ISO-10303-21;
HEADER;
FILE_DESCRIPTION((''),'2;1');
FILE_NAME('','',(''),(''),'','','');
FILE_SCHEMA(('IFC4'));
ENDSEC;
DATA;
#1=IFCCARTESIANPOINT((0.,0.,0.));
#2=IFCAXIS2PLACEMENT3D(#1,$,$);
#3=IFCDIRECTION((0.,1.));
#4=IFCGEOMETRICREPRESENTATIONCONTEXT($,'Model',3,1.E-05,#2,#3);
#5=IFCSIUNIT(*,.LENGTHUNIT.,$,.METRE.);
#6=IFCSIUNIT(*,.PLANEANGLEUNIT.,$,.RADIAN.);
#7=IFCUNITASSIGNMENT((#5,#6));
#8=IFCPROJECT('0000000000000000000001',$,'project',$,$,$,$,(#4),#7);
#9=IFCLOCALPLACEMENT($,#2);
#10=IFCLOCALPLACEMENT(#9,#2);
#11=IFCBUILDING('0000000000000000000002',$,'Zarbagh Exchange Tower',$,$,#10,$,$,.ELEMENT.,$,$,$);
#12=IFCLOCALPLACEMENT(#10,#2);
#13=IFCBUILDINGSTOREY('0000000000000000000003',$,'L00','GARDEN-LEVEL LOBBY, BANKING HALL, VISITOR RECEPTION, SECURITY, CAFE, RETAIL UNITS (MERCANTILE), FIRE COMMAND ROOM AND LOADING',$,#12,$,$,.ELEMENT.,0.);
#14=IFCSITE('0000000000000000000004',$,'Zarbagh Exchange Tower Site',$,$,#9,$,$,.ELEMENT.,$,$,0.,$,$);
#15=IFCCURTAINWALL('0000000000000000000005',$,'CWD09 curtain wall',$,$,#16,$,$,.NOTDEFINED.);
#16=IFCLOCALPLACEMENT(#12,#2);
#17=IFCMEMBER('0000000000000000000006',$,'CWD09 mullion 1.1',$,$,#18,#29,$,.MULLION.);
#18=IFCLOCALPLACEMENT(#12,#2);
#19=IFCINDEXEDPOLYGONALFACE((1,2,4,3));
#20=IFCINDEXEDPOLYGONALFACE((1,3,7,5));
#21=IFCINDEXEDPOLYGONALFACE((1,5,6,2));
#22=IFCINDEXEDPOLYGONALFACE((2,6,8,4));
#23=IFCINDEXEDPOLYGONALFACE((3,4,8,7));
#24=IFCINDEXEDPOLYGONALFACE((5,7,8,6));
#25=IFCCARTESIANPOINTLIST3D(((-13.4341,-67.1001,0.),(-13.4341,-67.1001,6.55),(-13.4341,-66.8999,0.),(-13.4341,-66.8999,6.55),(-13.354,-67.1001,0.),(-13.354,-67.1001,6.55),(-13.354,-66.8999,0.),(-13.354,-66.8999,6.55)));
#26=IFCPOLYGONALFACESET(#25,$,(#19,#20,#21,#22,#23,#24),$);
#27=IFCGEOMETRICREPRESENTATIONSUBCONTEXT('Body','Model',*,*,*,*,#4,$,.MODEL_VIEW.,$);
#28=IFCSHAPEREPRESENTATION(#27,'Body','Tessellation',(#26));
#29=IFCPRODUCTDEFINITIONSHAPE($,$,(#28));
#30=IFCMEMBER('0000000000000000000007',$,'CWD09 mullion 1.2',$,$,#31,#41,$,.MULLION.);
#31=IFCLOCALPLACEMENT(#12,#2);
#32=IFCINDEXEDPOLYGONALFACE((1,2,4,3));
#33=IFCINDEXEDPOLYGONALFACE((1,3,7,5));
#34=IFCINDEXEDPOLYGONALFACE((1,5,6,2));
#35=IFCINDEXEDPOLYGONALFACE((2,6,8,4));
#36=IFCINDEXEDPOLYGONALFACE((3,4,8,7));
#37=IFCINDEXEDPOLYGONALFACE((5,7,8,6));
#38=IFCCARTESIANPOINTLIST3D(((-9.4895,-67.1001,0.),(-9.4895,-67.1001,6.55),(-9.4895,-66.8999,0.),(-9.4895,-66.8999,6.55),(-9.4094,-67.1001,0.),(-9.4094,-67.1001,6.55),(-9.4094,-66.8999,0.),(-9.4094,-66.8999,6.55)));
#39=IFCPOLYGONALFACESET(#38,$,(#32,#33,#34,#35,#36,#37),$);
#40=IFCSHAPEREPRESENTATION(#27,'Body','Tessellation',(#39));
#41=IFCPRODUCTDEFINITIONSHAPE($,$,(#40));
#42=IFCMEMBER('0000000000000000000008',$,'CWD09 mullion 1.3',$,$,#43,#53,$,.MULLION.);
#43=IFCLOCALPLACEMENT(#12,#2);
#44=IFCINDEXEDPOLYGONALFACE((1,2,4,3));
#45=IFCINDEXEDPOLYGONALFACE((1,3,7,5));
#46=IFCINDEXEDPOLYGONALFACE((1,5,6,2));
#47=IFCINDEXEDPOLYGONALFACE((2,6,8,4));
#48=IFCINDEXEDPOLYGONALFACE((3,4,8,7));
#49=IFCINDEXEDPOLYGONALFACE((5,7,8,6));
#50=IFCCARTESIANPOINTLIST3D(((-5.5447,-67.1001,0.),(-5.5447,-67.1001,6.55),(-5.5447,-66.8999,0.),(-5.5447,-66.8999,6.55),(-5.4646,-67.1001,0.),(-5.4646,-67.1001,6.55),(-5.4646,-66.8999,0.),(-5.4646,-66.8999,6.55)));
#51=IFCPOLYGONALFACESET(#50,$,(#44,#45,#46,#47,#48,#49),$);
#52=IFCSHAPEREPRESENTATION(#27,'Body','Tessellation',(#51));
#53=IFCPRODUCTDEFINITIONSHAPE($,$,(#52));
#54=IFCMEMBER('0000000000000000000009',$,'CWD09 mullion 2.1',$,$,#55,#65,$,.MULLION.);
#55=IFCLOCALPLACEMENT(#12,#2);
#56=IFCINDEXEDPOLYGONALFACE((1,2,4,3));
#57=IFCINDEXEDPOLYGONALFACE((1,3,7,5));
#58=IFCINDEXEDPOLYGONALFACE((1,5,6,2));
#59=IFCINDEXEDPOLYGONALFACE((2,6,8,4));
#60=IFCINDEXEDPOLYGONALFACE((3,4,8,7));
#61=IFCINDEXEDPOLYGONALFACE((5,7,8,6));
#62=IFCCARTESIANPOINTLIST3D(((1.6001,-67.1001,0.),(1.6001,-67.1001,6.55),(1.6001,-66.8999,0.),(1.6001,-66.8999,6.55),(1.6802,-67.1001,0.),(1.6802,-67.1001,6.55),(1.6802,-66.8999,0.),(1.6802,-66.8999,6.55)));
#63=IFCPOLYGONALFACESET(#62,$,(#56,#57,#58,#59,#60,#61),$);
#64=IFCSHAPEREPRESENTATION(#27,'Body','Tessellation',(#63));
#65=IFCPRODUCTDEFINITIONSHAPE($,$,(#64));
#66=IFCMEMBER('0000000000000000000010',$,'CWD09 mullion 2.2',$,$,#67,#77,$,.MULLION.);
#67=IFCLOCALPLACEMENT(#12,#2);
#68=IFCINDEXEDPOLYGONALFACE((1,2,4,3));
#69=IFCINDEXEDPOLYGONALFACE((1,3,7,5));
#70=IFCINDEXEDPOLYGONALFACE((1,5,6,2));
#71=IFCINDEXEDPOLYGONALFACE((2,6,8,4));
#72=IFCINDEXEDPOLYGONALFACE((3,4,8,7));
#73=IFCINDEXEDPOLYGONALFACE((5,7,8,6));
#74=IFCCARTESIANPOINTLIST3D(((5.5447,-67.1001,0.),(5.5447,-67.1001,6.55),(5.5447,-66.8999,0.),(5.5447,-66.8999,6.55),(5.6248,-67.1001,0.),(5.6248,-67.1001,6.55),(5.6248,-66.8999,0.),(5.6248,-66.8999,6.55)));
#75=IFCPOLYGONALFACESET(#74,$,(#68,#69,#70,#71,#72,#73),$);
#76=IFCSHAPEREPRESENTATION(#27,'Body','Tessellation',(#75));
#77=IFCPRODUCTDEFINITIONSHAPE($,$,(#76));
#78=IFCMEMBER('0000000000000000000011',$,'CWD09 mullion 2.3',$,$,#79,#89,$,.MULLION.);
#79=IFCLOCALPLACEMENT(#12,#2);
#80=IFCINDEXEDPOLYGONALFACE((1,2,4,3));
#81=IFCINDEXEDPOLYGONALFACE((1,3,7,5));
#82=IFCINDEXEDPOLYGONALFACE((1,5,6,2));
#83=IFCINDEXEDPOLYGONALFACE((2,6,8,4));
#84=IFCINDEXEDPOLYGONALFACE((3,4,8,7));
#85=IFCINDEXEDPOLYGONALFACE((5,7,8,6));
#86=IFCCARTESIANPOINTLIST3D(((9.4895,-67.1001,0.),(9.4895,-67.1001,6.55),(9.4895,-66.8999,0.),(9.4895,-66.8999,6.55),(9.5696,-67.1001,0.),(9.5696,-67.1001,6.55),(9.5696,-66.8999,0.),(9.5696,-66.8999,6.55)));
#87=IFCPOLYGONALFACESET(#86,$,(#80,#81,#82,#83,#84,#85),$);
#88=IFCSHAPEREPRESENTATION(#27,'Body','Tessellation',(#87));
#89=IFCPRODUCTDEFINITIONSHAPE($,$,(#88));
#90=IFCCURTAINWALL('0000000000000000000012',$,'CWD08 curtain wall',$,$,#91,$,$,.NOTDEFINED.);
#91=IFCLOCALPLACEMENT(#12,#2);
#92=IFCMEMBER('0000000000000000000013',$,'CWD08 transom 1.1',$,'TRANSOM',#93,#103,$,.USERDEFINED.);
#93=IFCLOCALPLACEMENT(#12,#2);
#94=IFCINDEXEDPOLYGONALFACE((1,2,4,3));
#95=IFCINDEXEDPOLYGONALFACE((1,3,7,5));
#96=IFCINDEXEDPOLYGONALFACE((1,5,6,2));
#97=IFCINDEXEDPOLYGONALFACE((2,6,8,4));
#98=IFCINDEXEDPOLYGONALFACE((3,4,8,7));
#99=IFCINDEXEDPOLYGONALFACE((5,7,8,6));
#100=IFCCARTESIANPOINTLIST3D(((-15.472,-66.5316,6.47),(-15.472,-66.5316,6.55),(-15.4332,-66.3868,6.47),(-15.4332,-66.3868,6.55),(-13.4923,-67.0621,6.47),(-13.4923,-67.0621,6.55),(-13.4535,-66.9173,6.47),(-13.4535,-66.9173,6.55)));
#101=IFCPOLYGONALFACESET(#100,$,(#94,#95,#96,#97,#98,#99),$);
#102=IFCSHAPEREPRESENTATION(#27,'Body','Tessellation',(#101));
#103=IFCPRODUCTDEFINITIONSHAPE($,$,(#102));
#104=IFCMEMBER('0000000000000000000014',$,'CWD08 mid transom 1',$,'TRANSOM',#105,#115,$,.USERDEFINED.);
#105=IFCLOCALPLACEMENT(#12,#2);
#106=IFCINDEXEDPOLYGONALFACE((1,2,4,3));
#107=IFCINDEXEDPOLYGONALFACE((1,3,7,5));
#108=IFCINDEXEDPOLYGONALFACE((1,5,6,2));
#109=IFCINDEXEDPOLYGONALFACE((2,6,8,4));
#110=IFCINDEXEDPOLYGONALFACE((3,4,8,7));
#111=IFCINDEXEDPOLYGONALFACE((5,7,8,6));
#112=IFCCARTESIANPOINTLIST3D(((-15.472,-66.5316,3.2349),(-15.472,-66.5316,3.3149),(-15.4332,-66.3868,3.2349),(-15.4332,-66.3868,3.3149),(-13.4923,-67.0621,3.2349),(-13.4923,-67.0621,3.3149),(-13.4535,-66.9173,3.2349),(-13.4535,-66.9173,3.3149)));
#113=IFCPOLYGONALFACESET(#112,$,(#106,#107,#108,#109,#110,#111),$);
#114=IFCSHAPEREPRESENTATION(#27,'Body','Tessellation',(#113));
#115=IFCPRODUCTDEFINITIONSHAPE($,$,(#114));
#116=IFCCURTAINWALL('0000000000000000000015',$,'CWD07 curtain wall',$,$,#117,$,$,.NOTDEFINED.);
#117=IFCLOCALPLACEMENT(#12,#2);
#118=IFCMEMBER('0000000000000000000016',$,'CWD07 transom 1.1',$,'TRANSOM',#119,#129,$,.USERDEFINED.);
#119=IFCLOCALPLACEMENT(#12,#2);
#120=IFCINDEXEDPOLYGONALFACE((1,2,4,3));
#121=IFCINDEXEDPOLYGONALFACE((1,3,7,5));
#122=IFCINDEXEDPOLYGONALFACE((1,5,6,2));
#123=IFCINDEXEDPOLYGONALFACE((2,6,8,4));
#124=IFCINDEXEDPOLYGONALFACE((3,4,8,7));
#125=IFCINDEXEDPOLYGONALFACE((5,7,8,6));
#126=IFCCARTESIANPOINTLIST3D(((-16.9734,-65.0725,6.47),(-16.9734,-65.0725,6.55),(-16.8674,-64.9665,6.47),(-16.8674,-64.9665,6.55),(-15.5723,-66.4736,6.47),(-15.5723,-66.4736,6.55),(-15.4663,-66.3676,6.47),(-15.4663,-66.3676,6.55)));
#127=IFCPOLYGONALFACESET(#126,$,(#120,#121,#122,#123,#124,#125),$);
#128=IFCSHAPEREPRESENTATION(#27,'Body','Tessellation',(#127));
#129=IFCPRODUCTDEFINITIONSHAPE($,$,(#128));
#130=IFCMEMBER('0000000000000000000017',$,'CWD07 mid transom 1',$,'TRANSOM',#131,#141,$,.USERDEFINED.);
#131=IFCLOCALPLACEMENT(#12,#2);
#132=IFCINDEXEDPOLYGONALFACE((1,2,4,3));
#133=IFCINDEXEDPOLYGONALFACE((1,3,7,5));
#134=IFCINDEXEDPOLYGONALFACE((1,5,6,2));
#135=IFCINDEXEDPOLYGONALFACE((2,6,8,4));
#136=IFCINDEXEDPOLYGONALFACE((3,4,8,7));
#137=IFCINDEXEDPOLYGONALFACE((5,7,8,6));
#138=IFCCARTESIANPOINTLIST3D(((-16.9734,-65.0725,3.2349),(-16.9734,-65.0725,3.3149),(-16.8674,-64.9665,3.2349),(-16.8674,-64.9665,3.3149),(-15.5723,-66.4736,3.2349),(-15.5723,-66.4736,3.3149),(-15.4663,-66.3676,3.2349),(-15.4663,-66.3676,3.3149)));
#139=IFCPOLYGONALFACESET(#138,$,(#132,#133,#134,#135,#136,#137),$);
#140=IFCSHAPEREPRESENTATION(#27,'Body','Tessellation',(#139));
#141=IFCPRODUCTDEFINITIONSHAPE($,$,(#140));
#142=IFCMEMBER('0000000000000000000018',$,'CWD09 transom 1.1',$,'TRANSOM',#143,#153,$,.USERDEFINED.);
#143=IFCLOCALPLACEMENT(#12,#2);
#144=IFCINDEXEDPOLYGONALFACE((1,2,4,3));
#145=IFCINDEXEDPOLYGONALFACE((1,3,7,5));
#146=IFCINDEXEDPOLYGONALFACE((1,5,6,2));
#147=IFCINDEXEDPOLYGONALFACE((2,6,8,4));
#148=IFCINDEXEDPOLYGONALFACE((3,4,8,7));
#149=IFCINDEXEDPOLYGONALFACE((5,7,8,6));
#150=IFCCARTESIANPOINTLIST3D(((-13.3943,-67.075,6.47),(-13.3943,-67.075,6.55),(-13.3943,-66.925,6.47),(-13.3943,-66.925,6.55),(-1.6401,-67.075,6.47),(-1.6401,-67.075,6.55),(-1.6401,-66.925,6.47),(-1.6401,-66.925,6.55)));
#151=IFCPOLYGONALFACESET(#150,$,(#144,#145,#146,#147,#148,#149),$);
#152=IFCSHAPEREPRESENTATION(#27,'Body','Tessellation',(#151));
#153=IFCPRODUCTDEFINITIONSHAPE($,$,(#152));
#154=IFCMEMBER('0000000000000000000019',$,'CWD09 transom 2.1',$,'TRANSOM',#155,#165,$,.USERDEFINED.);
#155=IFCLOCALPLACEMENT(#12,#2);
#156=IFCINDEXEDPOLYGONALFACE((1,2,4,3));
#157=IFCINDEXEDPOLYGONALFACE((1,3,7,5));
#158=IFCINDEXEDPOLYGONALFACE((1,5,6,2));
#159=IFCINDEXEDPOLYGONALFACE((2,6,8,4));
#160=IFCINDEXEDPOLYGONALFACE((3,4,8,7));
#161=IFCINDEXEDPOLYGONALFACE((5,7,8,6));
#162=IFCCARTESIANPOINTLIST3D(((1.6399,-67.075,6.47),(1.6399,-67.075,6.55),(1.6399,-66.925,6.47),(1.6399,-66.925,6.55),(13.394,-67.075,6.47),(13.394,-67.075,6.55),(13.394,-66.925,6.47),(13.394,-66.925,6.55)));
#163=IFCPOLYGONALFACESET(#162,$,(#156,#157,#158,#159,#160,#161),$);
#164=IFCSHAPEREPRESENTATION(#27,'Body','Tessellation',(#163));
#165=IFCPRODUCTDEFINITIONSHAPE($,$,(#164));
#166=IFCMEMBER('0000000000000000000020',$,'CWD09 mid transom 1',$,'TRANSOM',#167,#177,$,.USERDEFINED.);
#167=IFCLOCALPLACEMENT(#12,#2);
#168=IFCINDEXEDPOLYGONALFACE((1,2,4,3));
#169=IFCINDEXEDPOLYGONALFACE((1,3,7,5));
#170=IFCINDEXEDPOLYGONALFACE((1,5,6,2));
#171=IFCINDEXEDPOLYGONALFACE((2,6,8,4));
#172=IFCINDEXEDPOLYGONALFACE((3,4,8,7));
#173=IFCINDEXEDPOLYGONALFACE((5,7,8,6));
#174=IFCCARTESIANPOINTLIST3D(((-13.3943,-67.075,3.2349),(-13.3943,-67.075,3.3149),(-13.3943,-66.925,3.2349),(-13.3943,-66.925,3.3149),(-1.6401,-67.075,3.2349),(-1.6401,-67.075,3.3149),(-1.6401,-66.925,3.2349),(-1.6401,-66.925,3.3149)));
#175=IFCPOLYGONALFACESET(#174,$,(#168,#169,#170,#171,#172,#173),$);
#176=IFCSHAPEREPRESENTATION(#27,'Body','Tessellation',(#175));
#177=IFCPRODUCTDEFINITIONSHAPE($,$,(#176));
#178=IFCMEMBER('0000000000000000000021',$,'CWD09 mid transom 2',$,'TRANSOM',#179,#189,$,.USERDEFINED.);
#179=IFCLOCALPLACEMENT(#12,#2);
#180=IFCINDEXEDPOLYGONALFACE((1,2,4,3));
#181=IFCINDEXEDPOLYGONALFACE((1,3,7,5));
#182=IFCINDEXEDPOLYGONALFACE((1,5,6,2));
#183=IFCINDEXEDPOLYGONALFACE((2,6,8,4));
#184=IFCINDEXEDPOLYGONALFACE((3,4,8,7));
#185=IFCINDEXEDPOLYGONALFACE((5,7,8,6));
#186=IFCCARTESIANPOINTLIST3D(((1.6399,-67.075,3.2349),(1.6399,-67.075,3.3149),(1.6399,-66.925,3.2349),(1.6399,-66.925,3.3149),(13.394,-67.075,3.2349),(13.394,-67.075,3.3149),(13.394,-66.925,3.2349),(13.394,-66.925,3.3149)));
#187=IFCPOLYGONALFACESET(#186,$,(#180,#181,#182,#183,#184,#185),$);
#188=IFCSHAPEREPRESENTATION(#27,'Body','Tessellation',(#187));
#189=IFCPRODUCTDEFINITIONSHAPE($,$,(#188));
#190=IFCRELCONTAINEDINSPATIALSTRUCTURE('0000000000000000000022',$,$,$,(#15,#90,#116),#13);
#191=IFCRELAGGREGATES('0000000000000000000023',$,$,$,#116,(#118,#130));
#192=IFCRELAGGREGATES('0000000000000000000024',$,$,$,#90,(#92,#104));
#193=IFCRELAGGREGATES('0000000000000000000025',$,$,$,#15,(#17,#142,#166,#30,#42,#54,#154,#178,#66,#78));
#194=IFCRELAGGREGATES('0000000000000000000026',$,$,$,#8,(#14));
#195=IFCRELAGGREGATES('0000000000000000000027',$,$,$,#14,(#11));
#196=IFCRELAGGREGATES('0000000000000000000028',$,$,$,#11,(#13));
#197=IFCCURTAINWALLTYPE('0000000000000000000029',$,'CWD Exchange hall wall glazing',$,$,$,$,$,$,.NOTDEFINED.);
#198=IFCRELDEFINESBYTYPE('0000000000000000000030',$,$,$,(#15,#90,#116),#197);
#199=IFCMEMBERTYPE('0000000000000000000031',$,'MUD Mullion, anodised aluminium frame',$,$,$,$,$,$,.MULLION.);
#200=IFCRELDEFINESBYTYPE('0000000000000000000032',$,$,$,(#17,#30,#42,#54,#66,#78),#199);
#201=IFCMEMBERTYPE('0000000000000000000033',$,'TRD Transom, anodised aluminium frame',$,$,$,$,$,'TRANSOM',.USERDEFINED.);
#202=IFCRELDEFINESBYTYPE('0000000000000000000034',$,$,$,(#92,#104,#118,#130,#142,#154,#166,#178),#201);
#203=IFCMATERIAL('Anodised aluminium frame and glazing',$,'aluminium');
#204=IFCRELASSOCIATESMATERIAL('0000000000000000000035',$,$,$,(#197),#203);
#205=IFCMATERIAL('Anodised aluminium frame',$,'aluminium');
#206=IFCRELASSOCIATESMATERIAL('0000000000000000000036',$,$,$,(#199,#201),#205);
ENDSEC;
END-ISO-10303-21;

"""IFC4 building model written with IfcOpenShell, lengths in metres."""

from ifc_helpers import new_model, si_unit, direction, origin, place, context, subcontext, project, spatial, polyline, outline, extrude, source, transform, mapped, material, type_object, element, aggregate, save


model = new_model("IFC4")

# Units and contexts
model_context = context("Model", 3, precision=1e-05, world=origin(), true_north=direction((0.0, 1.0)))
body_context = subcontext(model_context, "Body", "Model", "MODEL_VIEW")
ifc_project = project(units=[si_unit("LENGTHUNIT", "METRE"), si_unit("PLANEANGLEUNIT", "RADIAN")], contexts=[model_context])

# Site, building, storey
site_placement = place(None, origin())
site = spatial("IfcSite", under=ifc_project, at=site_placement, Name="Zarbagh Exchange Tower Site", CompositionType="ELEMENT", RefElevation=0.0)
building_placement = place(site_placement, origin())
building = spatial("IfcBuilding", under=site, at=building_placement, Name="Zarbagh Exchange Tower", CompositionType="ELEMENT")
storey_placement = place(building_placement, origin())
storey = spatial("IfcBuildingStorey", under=building, at=storey_placement, Name="L00", Description="GARDEN-LEVEL LOBBY, BANKING HALL, VISITOR RECEPTION, SECURITY, CAFE, RETAIL UNITS (MERCANTILE), FIRE COMMAND ROOM AND LOADING", CompositionType="ELEMENT", Elevation=0.0)

# Curtain walls, members
ifc_material_1 = material(Name="Anodised aluminium frame and glazing", Category="aluminium")
curtain_wall_type = type_object("IfcCurtainWallType", Name="CWD Exchange hall wall glazing", PredefinedType="NOTDEFINED", material=ifc_material_1)
curtain_wall_1_placement = place(storey_placement, origin())
curtain_wall_1 = element("IfcCurtainWall", 1, at=curtain_wall_1_placement, inside=storey, type_object=curtain_wall_type, Name="CWD09 curtain wall", PredefinedType="NOTDEFINED")
ifc_material_2 = material(Name="Anodised aluminium frame", Category="aluminium")
member_type_1 = type_object("IfcMemberType", Name="MUD Mullion, anodised aluminium frame", PredefinedType="MULLION", material=ifc_material_2)
shared_shape_1 = source(origin(), body_context, "Body", "SweptSolid", [
    extrude(outline(polyline([(0.0, -0.1001), (0.0801, -0.1001), (0.0801, 0.1001), (0.0, 0.1001), (0.0, -0.1001)])), origin(), (0.0, 0.0, 1.0), 6.55),
])
placement = place(storey_placement, origin())
member_1 = element("IfcMember", 2, at=placement, type_object=member_type_1, Name="CWD09 mullion 1.1", PredefinedType="MULLION", context=body_context, shape_type="MappedRepresentation", body=[
    mapped(shared_shape_1, transform((-13.4341, -67.0, 0.0), x_axis=(1.0, 0.0, 0.0), y_axis=(0.0, 1.0, 0.0), z_axis=(0.0, 0.0, 1.0))),
])
member_2 = element("IfcMember", 3, at=placement, type_object=member_type_1, Name="CWD09 mullion 1.2", PredefinedType="MULLION", context=body_context, shape_type="MappedRepresentation", body=[
    mapped(shared_shape_1, transform((-9.4895, -67.0, 0.0), x_axis=(1.0, 0.0, 0.0), y_axis=(0.0, 1.0, 0.0), z_axis=(0.0, 0.0, 1.0))),
])
member_3 = element("IfcMember", 4, at=placement, type_object=member_type_1, Name="CWD09 mullion 1.3", PredefinedType="MULLION", context=body_context, shape_type="MappedRepresentation", body=[
    mapped(shared_shape_1, transform((-5.5447, -67.0, 0.0), x_axis=(1.0, 0.0, 0.0), y_axis=(0.0, 1.0, 0.0), z_axis=(0.0, 0.0, 1.0))),
])
member_4 = element("IfcMember", 5, at=placement, type_object=member_type_1, Name="CWD09 mullion 2.1", PredefinedType="MULLION", context=body_context, shape_type="MappedRepresentation", body=[
    mapped(shared_shape_1, transform((1.6001, -67.0, 0.0), x_axis=(1.0, 0.0, 0.0), y_axis=(0.0, 1.0, 0.0), z_axis=(0.0, 0.0, 1.0))),
])
member_5 = element("IfcMember", 6, at=placement, type_object=member_type_1, Name="CWD09 mullion 2.2", PredefinedType="MULLION", context=body_context, shape_type="MappedRepresentation", body=[
    mapped(shared_shape_1, transform((5.5447, -67.0, 0.0), x_axis=(1.0, 0.0, 0.0), y_axis=(0.0, 1.0, 0.0), z_axis=(0.0, 0.0, 1.0))),
])
member_6 = element("IfcMember", 7, at=placement, type_object=member_type_1, Name="CWD09 mullion 2.3", PredefinedType="MULLION", context=body_context, shape_type="MappedRepresentation", body=[
    mapped(shared_shape_1, transform((9.4895, -67.0, 0.0), x_axis=(1.0, 0.0, 0.0), y_axis=(0.0, 1.0, 0.0), z_axis=(0.0, 0.0, 1.0))),
])
curtain_wall_2_placement = place(storey_placement, origin())
curtain_wall_2 = element("IfcCurtainWall", 8, at=curtain_wall_2_placement, inside=storey, type_object=curtain_wall_type, Name="CWD08 curtain wall", PredefinedType="NOTDEFINED")
member_type_2 = type_object("IfcMemberType", Name="TRD Transom, anodised aluminium frame", ElementType="TRANSOM", PredefinedType="USERDEFINED", material=ifc_material_2)
shared_shape_2 = source(origin(), body_context, "Body", "SweptSolid", [
    extrude(outline(polyline([(-0.0801, -0.075), (0.0, -0.075), (0.0, 0.075), (-0.0801, 0.075), (-0.0801, -0.075)])), origin(), (0.0, 0.0, 1.0), 2.0496),
])
member_7 = element("IfcMember", 9, at=placement, type_object=member_type_2, Name="CWD08 transom 1.1", ObjectType="TRANSOM", PredefinedType="USERDEFINED", context=body_context, shape_type="MappedRepresentation", body=[
    mapped(shared_shape_2, transform((-15.4526, -66.4592, 6.55), x_axis=(0.0, 0.0, 1.0), y_axis=(-0.258825, -0.965924, 0.0), z_axis=(0.965924, -0.258825, 0.0))),
])
shared_shape_3 = source(origin(), body_context, "Body", "SweptSolid", [
    extrude(outline(polyline([(-0.04, -0.075), (0.04, -0.075), (0.04, 0.075), (-0.04, 0.075), (-0.04, -0.075)])), origin(), (0.0, 0.0, 1.0), 2.0496),
])
member_8 = element("IfcMember", 10, at=placement, type_object=member_type_2, Name="CWD08 mid transom 1", ObjectType="TRANSOM", PredefinedType="USERDEFINED", context=body_context, shape_type="MappedRepresentation", body=[
    mapped(shared_shape_3, transform((-15.4526, -66.4592, 3.2749), x_axis=(0.0, 0.0, 1.0), y_axis=(-0.258825, -0.965924, 0.0), z_axis=(0.965924, -0.258825, 0.0))),
])
curtain_wall_3_placement = place(storey_placement, origin())
curtain_wall_3 = element("IfcCurtainWall", 11, at=curtain_wall_3_placement, inside=storey, type_object=curtain_wall_type, Name="CWD07 curtain wall", PredefinedType="NOTDEFINED")
shared_shape_4 = source(origin(), body_context, "Body", "SweptSolid", [
    extrude(outline(polyline([(-0.0801, -0.075), (0.0, -0.075), (0.0, 0.075), (-0.0801, 0.075), (-0.0801, -0.075)])), origin(), (0.0, 0.0, 1.0), 1.9814),
])
member_9 = element("IfcMember", 12, at=placement, type_object=member_type_2, Name="CWD07 transom 1.1", ObjectType="TRANSOM", PredefinedType="USERDEFINED", context=body_context, shape_type="MappedRepresentation", body=[
    mapped(shared_shape_4, transform((-16.9204, -65.0195, 6.55), x_axis=(0.0, 0.0, 1.0), y_axis=(-0.707107, -0.707107, 0.0), z_axis=(0.707107, -0.707107, 0.0))),
])
shared_shape_5 = source(origin(), body_context, "Body", "SweptSolid", [
    extrude(outline(polyline([(-0.04, -0.075), (0.04, -0.075), (0.04, 0.075), (-0.04, 0.075), (-0.04, -0.075)])), origin(), (0.0, 0.0, 1.0), 1.9814),
])
member_10 = element("IfcMember", 13, at=placement, type_object=member_type_2, Name="CWD07 mid transom 1", ObjectType="TRANSOM", PredefinedType="USERDEFINED", context=body_context, shape_type="MappedRepresentation", body=[
    mapped(shared_shape_5, transform((-16.9204, -65.0195, 3.2749), x_axis=(0.0, 0.0, 1.0), y_axis=(-0.707107, -0.707107, 0.0), z_axis=(0.707107, -0.707107, 0.0))),
])

# Members
shared_shape_6 = source(origin(), body_context, "Body", "SweptSolid", [
    extrude(outline(polyline([(-0.0801, -0.075), (0.0, -0.075), (0.0, 0.075), (-0.0801, 0.075), (-0.0801, -0.075)])), origin(), (0.0, 0.0, 1.0), 11.7542),
])
member_11 = element("IfcMember", 14, at=placement, type_object=member_type_2, Name="CWD09 transom 1.1", ObjectType="TRANSOM", PredefinedType="USERDEFINED", context=body_context, shape_type="MappedRepresentation", body=[
    mapped(shared_shape_6, transform((-13.3943, -67.0, 6.55), x_axis=(0.0, 0.0, 1.0), y_axis=(0.0, -1.0, 0.0), z_axis=(1.0, 0.0, 0.0))),
])
member_12 = element("IfcMember", 15, at=placement, type_object=member_type_2, Name="CWD09 transom 2.1", ObjectType="TRANSOM", PredefinedType="USERDEFINED", context=body_context, shape_type="MappedRepresentation", body=[
    mapped(shared_shape_6, transform((1.6399, -67.0, 6.55), x_axis=(0.0, 0.0, 1.0), y_axis=(0.0, -1.0, 0.0), z_axis=(1.0, 0.0, 0.0))),
])
shared_shape_7 = source(origin(), body_context, "Body", "SweptSolid", [
    extrude(outline(polyline([(-0.04, -0.075), (0.04, -0.075), (0.04, 0.075), (-0.04, 0.075), (-0.04, -0.075)])), origin(), (0.0, 0.0, 1.0), 11.7542),
])
member_13 = element("IfcMember", 16, at=placement, type_object=member_type_2, Name="CWD09 mid transom 1", ObjectType="TRANSOM", PredefinedType="USERDEFINED", context=body_context, shape_type="MappedRepresentation", body=[
    mapped(shared_shape_7, transform((-13.3943, -67.0, 3.2749), x_axis=(0.0, 0.0, 1.0), y_axis=(0.0, -1.0, 0.0), z_axis=(1.0, 0.0, 0.0))),
])
member_14 = element("IfcMember", 17, at=placement, type_object=member_type_2, Name="CWD09 mid transom 2", ObjectType="TRANSOM", PredefinedType="USERDEFINED", context=body_context, shape_type="MappedRepresentation", body=[
    mapped(shared_shape_7, transform((1.6399, -67.0, 3.2749), x_axis=(0.0, 0.0, 1.0), y_axis=(0.0, -1.0, 0.0), z_axis=(1.0, 0.0, 0.0))),
])

aggregate(curtain_wall_3, [member_9, member_10])
aggregate(curtain_wall_2, [member_7, member_8])
aggregate(curtain_wall_1, [member_1, member_11, member_13, member_2, member_3, member_4, member_12, member_14, member_5, member_6])

save(model, "model.ifc")
